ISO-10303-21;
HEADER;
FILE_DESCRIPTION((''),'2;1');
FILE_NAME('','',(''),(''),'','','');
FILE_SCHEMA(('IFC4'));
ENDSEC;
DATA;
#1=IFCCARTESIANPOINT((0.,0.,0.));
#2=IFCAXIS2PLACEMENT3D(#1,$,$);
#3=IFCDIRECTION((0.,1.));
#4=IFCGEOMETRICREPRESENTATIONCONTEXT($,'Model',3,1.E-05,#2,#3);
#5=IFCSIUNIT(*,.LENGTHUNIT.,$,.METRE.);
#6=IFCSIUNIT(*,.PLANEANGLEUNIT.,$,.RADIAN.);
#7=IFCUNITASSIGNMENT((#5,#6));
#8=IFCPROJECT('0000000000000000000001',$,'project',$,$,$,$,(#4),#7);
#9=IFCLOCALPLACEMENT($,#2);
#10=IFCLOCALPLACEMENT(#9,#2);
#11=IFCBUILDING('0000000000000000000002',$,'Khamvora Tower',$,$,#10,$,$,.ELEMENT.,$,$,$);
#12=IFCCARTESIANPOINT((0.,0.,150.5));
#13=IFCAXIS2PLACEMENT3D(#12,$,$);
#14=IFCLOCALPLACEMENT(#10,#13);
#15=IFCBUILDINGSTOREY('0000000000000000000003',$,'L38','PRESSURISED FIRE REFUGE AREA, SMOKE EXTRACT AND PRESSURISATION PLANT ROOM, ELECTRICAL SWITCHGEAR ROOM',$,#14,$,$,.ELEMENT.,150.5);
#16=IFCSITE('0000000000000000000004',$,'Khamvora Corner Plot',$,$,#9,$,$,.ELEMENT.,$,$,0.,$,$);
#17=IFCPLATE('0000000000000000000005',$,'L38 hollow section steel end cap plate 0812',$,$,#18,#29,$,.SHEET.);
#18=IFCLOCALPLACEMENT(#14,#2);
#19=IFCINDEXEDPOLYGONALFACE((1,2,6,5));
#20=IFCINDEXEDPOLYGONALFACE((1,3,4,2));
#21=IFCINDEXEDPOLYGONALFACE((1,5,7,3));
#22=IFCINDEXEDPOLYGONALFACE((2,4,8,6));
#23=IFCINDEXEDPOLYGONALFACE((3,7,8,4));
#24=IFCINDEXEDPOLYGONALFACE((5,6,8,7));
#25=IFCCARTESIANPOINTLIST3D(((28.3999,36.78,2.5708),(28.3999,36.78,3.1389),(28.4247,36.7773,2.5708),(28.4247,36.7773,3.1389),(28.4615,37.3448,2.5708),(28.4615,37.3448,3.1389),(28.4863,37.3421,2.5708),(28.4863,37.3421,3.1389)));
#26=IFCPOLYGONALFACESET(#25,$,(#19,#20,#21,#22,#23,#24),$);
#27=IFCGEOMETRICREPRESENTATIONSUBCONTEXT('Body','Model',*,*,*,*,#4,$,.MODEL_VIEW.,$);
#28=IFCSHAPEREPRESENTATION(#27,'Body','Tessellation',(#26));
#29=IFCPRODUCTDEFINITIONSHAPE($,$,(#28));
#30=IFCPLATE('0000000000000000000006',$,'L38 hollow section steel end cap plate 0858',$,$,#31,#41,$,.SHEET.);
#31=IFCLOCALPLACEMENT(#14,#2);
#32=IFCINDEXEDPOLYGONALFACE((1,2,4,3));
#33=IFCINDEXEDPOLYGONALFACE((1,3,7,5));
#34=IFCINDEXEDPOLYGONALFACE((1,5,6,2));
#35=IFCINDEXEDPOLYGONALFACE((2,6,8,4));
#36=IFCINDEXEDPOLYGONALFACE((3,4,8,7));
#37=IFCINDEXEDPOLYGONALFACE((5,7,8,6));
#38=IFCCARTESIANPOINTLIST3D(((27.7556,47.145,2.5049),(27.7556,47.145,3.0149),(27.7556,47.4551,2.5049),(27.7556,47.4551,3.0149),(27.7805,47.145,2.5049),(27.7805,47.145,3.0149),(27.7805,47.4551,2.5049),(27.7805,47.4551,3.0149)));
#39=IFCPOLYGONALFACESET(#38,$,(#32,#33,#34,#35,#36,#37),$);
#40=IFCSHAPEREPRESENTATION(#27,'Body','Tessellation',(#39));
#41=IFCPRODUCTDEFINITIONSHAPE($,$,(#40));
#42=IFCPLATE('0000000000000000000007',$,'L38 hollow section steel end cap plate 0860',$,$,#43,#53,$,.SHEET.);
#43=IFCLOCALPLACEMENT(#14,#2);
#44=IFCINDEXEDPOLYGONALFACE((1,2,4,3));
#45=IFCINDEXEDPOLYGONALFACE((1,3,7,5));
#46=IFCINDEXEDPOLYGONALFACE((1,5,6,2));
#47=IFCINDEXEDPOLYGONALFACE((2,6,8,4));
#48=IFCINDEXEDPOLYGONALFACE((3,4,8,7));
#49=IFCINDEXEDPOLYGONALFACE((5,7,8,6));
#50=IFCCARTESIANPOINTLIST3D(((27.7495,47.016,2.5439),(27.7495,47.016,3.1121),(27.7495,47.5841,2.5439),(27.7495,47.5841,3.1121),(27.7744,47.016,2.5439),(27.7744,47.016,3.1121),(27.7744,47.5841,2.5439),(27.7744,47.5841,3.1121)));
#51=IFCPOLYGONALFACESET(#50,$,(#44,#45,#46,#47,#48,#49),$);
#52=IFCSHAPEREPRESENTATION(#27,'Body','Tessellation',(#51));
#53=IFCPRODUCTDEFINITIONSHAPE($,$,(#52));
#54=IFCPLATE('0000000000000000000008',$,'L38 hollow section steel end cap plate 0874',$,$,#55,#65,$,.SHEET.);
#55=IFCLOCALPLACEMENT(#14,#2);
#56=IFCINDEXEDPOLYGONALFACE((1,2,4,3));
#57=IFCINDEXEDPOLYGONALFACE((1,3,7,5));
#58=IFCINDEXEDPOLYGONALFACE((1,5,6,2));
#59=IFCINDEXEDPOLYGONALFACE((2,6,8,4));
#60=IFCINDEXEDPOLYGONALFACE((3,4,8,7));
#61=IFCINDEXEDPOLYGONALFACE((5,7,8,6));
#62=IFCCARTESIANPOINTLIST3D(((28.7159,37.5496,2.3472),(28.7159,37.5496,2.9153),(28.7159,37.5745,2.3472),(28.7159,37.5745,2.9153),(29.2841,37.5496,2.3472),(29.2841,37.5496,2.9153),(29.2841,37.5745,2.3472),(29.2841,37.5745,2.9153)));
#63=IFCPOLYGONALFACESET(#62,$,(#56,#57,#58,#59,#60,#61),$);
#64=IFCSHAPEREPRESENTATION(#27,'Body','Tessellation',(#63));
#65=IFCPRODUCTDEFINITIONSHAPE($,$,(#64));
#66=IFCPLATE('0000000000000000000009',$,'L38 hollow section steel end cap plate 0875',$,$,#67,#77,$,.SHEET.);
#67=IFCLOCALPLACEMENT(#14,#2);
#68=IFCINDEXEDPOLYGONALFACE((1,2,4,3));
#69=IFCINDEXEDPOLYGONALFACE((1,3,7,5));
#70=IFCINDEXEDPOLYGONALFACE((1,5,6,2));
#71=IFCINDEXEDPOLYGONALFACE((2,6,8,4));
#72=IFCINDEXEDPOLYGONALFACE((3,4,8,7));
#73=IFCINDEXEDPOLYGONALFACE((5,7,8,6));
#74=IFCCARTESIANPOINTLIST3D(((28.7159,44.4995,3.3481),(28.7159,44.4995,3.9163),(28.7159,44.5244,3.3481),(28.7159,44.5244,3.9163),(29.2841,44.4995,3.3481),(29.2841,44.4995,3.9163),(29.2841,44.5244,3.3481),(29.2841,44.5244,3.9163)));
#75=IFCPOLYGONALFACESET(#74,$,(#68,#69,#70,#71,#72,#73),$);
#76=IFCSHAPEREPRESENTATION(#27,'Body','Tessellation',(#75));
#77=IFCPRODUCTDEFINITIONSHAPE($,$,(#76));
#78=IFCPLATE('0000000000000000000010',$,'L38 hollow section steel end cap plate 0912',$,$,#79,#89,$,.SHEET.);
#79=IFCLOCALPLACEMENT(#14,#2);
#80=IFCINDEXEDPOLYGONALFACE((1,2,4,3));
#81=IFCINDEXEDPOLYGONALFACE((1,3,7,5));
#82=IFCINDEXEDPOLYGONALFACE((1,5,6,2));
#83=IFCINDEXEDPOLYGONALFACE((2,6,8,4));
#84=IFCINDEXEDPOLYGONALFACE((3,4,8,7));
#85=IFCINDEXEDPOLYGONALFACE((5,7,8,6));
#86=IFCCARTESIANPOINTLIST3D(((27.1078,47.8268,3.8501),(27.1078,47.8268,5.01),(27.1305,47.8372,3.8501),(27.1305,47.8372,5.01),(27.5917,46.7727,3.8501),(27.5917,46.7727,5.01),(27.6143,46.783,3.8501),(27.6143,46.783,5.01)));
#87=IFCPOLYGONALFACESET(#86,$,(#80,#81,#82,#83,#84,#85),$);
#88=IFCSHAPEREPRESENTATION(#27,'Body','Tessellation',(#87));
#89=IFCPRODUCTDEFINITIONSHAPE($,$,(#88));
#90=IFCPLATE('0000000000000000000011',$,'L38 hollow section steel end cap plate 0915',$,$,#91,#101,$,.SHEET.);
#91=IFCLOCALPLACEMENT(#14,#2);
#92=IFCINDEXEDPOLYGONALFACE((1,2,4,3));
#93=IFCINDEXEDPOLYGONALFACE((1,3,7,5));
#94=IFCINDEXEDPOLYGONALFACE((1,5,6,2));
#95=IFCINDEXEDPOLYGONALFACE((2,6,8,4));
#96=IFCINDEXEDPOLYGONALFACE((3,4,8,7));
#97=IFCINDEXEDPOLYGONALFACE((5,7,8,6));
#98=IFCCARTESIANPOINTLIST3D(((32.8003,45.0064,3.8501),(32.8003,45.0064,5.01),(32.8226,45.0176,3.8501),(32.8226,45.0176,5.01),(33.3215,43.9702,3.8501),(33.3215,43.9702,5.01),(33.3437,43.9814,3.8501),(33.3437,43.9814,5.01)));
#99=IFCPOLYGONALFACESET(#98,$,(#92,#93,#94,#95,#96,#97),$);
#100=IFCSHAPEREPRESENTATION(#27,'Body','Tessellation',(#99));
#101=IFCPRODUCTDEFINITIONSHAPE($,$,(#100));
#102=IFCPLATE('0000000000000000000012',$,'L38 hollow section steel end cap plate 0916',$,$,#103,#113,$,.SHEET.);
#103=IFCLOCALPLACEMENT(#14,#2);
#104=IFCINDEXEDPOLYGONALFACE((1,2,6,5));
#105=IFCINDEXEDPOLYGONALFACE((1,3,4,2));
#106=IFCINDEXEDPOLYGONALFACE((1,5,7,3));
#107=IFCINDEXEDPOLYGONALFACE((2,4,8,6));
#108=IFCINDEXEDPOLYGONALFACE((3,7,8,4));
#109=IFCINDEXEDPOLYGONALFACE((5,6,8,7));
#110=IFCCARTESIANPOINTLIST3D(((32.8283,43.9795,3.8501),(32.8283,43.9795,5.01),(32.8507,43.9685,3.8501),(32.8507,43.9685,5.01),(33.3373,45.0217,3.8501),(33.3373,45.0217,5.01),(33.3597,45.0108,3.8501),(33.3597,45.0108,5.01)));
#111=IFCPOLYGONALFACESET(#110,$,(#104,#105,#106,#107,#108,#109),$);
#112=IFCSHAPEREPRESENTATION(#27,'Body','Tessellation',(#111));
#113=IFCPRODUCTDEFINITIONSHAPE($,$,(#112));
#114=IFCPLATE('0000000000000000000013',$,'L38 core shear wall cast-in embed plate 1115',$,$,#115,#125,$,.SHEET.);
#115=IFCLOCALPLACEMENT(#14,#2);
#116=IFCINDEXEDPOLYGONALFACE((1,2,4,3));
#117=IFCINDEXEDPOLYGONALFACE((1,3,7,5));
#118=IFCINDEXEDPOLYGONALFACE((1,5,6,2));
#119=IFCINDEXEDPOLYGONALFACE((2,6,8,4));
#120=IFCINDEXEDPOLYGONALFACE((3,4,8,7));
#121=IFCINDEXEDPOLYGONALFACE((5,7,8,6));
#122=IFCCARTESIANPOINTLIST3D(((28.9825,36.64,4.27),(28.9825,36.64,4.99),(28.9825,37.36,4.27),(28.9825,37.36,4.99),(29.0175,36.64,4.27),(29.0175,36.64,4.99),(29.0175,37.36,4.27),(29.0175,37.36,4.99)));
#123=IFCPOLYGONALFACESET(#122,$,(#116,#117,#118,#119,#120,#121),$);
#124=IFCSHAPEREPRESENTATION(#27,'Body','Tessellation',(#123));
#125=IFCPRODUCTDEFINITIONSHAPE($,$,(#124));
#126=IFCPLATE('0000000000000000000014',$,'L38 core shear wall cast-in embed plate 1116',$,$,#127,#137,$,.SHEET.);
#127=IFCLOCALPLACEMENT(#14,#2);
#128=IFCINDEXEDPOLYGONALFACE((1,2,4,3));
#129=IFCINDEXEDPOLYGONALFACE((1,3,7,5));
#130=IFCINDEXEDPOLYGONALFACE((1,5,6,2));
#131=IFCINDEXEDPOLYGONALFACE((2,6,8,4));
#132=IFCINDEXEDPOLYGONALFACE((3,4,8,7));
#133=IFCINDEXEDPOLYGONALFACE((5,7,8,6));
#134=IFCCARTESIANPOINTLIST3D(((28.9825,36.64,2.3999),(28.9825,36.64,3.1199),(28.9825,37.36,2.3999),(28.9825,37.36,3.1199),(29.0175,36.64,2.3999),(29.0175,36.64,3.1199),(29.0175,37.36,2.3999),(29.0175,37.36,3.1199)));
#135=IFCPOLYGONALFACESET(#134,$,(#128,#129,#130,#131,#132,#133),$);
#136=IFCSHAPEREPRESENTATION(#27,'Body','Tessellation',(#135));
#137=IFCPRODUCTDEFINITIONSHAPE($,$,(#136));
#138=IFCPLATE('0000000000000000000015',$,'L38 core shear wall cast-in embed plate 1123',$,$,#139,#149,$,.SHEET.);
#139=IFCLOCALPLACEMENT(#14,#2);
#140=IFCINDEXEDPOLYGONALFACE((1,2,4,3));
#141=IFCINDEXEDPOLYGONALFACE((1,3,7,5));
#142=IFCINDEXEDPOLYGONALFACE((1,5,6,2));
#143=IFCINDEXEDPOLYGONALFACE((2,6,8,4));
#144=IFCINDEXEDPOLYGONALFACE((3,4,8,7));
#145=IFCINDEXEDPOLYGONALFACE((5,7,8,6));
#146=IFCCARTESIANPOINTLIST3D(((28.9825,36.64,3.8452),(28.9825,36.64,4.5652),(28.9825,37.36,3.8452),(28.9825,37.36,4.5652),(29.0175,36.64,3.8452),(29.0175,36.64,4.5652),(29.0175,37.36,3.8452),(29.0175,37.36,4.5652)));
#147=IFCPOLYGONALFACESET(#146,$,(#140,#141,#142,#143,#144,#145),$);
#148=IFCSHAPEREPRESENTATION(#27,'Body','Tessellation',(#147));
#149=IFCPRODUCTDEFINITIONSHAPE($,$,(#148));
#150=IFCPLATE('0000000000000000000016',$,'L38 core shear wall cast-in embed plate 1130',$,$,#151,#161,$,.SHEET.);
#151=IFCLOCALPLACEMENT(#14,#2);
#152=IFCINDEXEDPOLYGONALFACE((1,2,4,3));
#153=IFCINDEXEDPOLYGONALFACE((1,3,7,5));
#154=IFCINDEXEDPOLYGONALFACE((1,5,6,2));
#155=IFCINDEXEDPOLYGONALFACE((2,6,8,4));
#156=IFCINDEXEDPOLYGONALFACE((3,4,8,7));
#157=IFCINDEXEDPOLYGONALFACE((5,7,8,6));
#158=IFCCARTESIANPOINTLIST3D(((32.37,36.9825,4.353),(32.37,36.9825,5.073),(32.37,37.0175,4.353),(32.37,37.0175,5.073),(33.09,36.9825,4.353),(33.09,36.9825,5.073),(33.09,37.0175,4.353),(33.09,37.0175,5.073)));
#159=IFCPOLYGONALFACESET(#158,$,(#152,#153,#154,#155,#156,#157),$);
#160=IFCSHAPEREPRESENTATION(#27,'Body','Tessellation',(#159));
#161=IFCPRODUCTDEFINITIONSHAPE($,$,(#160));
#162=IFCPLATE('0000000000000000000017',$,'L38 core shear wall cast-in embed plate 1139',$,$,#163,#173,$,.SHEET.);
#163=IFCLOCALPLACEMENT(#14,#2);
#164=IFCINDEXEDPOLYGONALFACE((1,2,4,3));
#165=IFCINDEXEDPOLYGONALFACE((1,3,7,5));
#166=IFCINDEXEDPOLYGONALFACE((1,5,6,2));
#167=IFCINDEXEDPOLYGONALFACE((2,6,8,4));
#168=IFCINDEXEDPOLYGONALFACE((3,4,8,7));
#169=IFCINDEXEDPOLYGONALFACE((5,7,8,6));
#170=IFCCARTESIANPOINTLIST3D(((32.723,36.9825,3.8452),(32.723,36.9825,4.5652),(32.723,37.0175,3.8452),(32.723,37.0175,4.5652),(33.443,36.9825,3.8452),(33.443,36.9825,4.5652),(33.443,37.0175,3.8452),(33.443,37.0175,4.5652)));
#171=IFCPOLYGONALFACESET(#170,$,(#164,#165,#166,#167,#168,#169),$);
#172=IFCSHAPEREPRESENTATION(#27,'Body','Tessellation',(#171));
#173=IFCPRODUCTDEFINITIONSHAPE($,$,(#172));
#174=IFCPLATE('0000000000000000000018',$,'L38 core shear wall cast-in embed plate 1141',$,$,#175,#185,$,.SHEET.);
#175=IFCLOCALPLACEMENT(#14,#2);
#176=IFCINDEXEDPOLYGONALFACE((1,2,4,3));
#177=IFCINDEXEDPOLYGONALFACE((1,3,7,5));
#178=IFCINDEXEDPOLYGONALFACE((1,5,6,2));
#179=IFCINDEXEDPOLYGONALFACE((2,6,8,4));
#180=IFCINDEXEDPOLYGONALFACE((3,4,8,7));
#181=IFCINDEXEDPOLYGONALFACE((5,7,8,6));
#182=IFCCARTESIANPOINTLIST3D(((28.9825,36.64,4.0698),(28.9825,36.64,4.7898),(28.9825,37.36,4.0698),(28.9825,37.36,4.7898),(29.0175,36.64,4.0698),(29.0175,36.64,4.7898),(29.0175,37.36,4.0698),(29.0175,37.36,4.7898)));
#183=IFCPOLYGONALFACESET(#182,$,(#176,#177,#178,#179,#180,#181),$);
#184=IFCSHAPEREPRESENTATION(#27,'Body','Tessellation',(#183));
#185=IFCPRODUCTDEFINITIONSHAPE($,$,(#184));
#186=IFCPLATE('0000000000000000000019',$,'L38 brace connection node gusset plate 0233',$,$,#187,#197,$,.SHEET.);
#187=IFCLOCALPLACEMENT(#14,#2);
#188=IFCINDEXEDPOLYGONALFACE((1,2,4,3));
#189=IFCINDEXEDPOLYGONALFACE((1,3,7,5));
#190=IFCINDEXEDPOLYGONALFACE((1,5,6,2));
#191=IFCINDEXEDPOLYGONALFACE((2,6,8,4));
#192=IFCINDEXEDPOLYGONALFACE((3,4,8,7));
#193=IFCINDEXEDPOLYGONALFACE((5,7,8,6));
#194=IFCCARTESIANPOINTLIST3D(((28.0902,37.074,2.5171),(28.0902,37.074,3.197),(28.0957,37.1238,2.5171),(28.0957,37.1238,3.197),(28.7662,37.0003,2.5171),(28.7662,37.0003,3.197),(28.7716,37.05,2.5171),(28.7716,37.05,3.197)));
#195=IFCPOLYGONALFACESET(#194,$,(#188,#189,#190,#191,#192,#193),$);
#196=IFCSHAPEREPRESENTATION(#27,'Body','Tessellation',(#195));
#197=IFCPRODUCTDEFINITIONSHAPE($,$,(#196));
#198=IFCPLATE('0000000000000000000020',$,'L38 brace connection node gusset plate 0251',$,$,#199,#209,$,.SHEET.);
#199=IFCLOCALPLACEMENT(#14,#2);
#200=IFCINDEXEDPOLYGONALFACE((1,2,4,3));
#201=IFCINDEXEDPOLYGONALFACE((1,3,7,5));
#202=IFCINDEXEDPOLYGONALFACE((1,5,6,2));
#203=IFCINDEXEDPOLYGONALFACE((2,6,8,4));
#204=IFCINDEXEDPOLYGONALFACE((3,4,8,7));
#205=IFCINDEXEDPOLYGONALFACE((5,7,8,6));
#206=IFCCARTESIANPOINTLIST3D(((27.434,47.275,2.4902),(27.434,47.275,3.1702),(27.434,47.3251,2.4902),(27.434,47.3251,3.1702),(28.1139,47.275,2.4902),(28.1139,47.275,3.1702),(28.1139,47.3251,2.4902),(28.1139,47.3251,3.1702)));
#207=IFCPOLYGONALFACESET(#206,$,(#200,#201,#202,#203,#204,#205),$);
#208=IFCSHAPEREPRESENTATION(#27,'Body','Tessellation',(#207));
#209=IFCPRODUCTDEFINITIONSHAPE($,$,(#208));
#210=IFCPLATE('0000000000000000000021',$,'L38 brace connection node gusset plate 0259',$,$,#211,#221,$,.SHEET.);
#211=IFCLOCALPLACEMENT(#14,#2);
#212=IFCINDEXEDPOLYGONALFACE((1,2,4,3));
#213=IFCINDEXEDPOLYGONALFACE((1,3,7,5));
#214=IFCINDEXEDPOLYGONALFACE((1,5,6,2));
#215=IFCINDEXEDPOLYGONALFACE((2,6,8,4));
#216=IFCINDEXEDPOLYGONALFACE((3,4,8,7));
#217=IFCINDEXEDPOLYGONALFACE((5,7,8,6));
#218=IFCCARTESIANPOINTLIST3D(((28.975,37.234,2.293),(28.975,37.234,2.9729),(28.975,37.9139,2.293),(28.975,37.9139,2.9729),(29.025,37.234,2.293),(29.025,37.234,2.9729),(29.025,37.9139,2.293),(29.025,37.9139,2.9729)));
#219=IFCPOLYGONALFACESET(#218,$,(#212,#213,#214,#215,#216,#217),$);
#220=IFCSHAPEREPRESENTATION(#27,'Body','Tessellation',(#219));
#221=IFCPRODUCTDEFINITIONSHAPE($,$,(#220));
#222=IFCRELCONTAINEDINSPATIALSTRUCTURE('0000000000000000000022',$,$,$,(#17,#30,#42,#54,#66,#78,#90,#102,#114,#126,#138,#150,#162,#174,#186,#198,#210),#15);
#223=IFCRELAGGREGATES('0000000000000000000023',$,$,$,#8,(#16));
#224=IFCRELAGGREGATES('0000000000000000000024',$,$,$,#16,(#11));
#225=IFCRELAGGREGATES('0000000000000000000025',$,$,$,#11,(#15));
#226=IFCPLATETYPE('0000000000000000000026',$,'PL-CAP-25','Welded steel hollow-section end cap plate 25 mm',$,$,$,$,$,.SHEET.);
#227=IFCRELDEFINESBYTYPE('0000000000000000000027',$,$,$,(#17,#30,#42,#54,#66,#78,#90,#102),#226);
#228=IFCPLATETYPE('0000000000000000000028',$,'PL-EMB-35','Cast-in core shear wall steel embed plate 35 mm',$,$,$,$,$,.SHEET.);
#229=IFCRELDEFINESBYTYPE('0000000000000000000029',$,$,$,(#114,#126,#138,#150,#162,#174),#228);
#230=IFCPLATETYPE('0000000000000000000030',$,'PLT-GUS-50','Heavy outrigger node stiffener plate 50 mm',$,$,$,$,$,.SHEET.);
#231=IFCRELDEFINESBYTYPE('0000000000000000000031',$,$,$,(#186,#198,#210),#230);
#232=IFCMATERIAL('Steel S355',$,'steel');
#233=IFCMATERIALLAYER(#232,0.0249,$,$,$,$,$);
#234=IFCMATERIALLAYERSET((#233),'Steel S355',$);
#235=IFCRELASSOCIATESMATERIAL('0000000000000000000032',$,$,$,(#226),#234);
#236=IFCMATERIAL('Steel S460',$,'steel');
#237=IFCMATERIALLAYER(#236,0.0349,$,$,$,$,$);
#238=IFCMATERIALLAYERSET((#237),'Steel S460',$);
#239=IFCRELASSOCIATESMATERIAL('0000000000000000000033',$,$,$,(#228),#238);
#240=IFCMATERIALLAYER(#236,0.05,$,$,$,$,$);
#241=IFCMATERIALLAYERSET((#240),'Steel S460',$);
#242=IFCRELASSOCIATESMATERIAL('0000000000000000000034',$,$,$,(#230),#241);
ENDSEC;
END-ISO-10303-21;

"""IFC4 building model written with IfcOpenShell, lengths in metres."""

from ifc_helpers import new_model, si_unit, direction, frame, origin, origin_2d, place, context, subcontext, project, spatial, rectangle, extrude, material, layer, layer_set, type_object, element, save


model = new_model("IFC4")

# Units and contexts
model_context = context("Model", 3, precision=1e-05, world=origin(), true_north=direction((0.0, 1.0)))
body_context = subcontext(model_context, "Body", "Model", "MODEL_VIEW")
ifc_project = project(units=[si_unit("LENGTHUNIT", "METRE"), si_unit("PLANEANGLEUNIT", "RADIAN")], contexts=[model_context])

# Site, building, storey
site_placement = place(None, origin())
site = spatial("IfcSite", under=ifc_project, at=site_placement, Name="Khamvora Corner Plot", CompositionType="ELEMENT", RefElevation=0.0)
building_placement = place(site_placement, origin())
building = spatial("IfcBuilding", under=site, at=building_placement, Name="Khamvora Tower", CompositionType="ELEMENT")
storey_placement = place(building_placement, frame((0.0, 0.0, 150.5)))
storey = spatial("IfcBuildingStorey", under=building, at=storey_placement, Name="L38", Description="PRESSURISED FIRE REFUGE AREA, SMOKE EXTRACT AND PRESSURISATION PLANT ROOM, ELECTRICAL SWITCHGEAR ROOM", CompositionType="ELEMENT", Elevation=150.5)

# Shared definitions
ifc_material_1 = material(Name="Steel S460", Category="steel")

# Plates
ifc_material_2 = material(Name="Steel S355", Category="steel")
ifc_layer_1 = layer(ifc_material_2, 0.0249)
ifc_layer_set_1 = layer_set([ifc_layer_1], Name="Steel S355")
plate_type_1 = type_object("IfcPlateType", Name="PL-CAP-25", Description="Welded steel hollow-section end cap plate 25 mm", PredefinedType="SHEET", material=ifc_layer_set_1)
plate_1_placement = place(storey_placement, frame((28.4431, 37.061, 2.5708), z_axis=(0.0, 0.0, 1.0), x_axis=(-0.994102, 0.10845, 0.0)))
element("IfcPlate", 1, at=plate_1_placement, inside=storey, type_object=plate_type_1, Name="L38 hollow section steel end cap plate 0812", PredefinedType="SHEET", context=body_context, shape_type="SweptSolid", body=[
    extrude(rectangle(XDim=0.0249, YDim=0.5681, at=origin_2d()), origin(), (0.0, 0.0, 1.0), 0.5681),
])
plate_2_placement = place(storey_placement, frame((27.7681, 47.3, 2.5049), z_axis=(0.0, 0.0, 1.0), x_axis=(1.0, 0.0, 0.0)))
element("IfcPlate", 2, at=plate_2_placement, inside=storey, type_object=plate_type_1, Name="L38 hollow section steel end cap plate 0858", PredefinedType="SHEET", context=body_context, shape_type="SweptSolid", body=[
    extrude(rectangle(XDim=0.0249, YDim=0.3101, at=origin_2d()), origin(), (0.0, 0.0, 1.0), 0.51),
])
for number, where, z_axis, x_axis, name in (
    (3, (27.762, 47.3, 2.5439), (0.0, 0.0, 1.0), (1.0, 0.0, 0.0), "L38 hollow section steel end cap plate 0860"),
    (4, (29.0, 37.562, 2.3472), (0.0, 0.0, 1.0), (0.0, 1.0, 0.0), "L38 hollow section steel end cap plate 0874"),
    (5, (29.0, 44.512, 3.3481), (0.0, 0.0, 1.0), (0.0, 1.0, 0.0), "L38 hollow section steel end cap plate 0875"),
):
    element("IfcPlate", number, at=place(storey_placement, frame(where, z_axis=z_axis, x_axis=x_axis)), inside=storey, type_object=plate_type_1, Name=name, PredefinedType="SHEET", context=body_context, shape_type="SweptSolid", body=[
        extrude(rectangle(XDim=0.0249, YDim=0.5681, at=origin_2d()), origin(), (0.0, 0.0, 1.0), 0.5681),
    ])
for number, where, z_axis, x_axis, name in (
    (6, (27.3611, 47.3049, 3.8501), (0.0, 0.0, 1.0), (-0.908829, -0.417169, 0.0), "L38 hollow section steel end cap plate 0912"),
    (7, (33.072, 44.4939, 3.8501), (0.0, 0.0, 1.0), (-0.893364, -0.449335, 0.0), "L38 hollow section steel end cap plate 0915"),
    (8, (33.094, 44.4951, 3.8501), (0.0, 0.0, 1.0), (0.898557, -0.438857, 0.0), "L38 hollow section steel end cap plate 0916"),
):
    element("IfcPlate", number, at=place(storey_placement, frame(where, z_axis=z_axis, x_axis=x_axis)), inside=storey, type_object=plate_type_1, Name=name, PredefinedType="SHEET", context=body_context, shape_type="SweptSolid", body=[
        extrude(rectangle(XDim=0.0249, YDim=1.1599, at=origin_2d()), origin(), (0.0, 0.0, 1.0), 1.1599),
    ])
ifc_layer_2 = layer(ifc_material_1, 0.0349)
ifc_layer_set_2 = layer_set([ifc_layer_2], Name="Steel S460")
plate_type_2 = type_object("IfcPlateType", Name="PL-EMB-35", Description="Cast-in core shear wall steel embed plate 35 mm", PredefinedType="SHEET", material=ifc_layer_set_2)
for number, where, z_axis, x_axis, name in (
    (9, (29.0, 37.0, 4.27), (0.0, 0.0, 1.0), (1.0, 0.0, 0.0), "L38 core shear wall cast-in embed plate 1115"),
    (10, (29.0, 37.0, 2.3999), (0.0, 0.0, 1.0), (1.0, 0.0, 0.0), "L38 core shear wall cast-in embed plate 1116"),
    (11, (29.0, 37.0, 3.8452), (0.0, 0.0, 1.0), (1.0, 0.0, 0.0), "L38 core shear wall cast-in embed plate 1123"),
):
    element("IfcPlate", number, at=place(storey_placement, frame(where, z_axis=z_axis, x_axis=x_axis)), inside=storey, type_object=plate_type_2, Name=name, PredefinedType="SHEET", context=body_context, shape_type="SweptSolid", body=[
        extrude(rectangle(XDim=0.0349, YDim=0.72, at=origin_2d()), origin(), (0.0, 0.0, 1.0), 0.72),
    ])
for number, where, z_axis, x_axis, name in (
    (12, (32.73, 37.0, 4.353), (0.0, 0.0, 1.0), (1.0, 0.0, 0.0), "L38 core shear wall cast-in embed plate 1130"),
    (13, (33.083, 37.0, 3.8452), (0.0, 0.0, 1.0), (1.0, 0.0, 0.0), "L38 core shear wall cast-in embed plate 1139"),
):
    element("IfcPlate", number, at=place(storey_placement, frame(where, z_axis=z_axis, x_axis=x_axis)), inside=storey, type_object=plate_type_2, Name=name, PredefinedType="SHEET", context=body_context, shape_type="SweptSolid", body=[
        extrude(rectangle(XDim=0.72, YDim=0.0349, at=origin_2d()), origin(), (0.0, 0.0, 1.0), 0.72),
    ])
plate_3_placement = place(storey_placement, frame((29.0, 37.0, 4.0698), z_axis=(0.0, 0.0, 1.0), x_axis=(1.0, 0.0, 0.0)))
element("IfcPlate", 14, at=plate_3_placement, inside=storey, type_object=plate_type_2, Name="L38 core shear wall cast-in embed plate 1141", PredefinedType="SHEET", context=body_context, shape_type="SweptSolid", body=[
    extrude(rectangle(XDim=0.0349, YDim=0.72, at=origin_2d()), origin(), (0.0, 0.0, 1.0), 0.72),
])
ifc_layer_3 = layer(ifc_material_1, 0.05)
ifc_layer_set_3 = layer_set([ifc_layer_3], Name="Steel S460")
plate_type_3 = type_object("IfcPlateType", Name="PLT-GUS-50", Description="Heavy outrigger node stiffener plate 50 mm", PredefinedType="SHEET", material=ifc_layer_set_3)
for number, where, z_axis, x_axis, name in (
    (15, (28.4309, 37.062, 2.5171), (0.0, 0.0, 1.0), (-0.994102, 0.10845, 0.0), "L38 brace connection node gusset plate 0233"),
    (16, (27.7739, 47.3, 2.4902), (0.0, 0.0, 1.0), (1.0, 0.0, 0.0), "L38 brace connection node gusset plate 0251"),
    (17, (29.0, 37.574, 2.293), (0.0, 0.0, 1.0), (0.0, 1.0, 0.0), "L38 brace connection node gusset plate 0259"),
):
    element("IfcPlate", number, at=place(storey_placement, frame(where, z_axis=z_axis, x_axis=x_axis)), inside=storey, type_object=plate_type_3, Name=name, PredefinedType="SHEET", context=body_context, shape_type="SweptSolid", body=[
        extrude(rectangle(XDim=0.6799, YDim=0.05, at=origin_2d()), origin(), (0.0, 0.0, 1.0), 0.6799),
    ])

save(model, "model.ifc")
